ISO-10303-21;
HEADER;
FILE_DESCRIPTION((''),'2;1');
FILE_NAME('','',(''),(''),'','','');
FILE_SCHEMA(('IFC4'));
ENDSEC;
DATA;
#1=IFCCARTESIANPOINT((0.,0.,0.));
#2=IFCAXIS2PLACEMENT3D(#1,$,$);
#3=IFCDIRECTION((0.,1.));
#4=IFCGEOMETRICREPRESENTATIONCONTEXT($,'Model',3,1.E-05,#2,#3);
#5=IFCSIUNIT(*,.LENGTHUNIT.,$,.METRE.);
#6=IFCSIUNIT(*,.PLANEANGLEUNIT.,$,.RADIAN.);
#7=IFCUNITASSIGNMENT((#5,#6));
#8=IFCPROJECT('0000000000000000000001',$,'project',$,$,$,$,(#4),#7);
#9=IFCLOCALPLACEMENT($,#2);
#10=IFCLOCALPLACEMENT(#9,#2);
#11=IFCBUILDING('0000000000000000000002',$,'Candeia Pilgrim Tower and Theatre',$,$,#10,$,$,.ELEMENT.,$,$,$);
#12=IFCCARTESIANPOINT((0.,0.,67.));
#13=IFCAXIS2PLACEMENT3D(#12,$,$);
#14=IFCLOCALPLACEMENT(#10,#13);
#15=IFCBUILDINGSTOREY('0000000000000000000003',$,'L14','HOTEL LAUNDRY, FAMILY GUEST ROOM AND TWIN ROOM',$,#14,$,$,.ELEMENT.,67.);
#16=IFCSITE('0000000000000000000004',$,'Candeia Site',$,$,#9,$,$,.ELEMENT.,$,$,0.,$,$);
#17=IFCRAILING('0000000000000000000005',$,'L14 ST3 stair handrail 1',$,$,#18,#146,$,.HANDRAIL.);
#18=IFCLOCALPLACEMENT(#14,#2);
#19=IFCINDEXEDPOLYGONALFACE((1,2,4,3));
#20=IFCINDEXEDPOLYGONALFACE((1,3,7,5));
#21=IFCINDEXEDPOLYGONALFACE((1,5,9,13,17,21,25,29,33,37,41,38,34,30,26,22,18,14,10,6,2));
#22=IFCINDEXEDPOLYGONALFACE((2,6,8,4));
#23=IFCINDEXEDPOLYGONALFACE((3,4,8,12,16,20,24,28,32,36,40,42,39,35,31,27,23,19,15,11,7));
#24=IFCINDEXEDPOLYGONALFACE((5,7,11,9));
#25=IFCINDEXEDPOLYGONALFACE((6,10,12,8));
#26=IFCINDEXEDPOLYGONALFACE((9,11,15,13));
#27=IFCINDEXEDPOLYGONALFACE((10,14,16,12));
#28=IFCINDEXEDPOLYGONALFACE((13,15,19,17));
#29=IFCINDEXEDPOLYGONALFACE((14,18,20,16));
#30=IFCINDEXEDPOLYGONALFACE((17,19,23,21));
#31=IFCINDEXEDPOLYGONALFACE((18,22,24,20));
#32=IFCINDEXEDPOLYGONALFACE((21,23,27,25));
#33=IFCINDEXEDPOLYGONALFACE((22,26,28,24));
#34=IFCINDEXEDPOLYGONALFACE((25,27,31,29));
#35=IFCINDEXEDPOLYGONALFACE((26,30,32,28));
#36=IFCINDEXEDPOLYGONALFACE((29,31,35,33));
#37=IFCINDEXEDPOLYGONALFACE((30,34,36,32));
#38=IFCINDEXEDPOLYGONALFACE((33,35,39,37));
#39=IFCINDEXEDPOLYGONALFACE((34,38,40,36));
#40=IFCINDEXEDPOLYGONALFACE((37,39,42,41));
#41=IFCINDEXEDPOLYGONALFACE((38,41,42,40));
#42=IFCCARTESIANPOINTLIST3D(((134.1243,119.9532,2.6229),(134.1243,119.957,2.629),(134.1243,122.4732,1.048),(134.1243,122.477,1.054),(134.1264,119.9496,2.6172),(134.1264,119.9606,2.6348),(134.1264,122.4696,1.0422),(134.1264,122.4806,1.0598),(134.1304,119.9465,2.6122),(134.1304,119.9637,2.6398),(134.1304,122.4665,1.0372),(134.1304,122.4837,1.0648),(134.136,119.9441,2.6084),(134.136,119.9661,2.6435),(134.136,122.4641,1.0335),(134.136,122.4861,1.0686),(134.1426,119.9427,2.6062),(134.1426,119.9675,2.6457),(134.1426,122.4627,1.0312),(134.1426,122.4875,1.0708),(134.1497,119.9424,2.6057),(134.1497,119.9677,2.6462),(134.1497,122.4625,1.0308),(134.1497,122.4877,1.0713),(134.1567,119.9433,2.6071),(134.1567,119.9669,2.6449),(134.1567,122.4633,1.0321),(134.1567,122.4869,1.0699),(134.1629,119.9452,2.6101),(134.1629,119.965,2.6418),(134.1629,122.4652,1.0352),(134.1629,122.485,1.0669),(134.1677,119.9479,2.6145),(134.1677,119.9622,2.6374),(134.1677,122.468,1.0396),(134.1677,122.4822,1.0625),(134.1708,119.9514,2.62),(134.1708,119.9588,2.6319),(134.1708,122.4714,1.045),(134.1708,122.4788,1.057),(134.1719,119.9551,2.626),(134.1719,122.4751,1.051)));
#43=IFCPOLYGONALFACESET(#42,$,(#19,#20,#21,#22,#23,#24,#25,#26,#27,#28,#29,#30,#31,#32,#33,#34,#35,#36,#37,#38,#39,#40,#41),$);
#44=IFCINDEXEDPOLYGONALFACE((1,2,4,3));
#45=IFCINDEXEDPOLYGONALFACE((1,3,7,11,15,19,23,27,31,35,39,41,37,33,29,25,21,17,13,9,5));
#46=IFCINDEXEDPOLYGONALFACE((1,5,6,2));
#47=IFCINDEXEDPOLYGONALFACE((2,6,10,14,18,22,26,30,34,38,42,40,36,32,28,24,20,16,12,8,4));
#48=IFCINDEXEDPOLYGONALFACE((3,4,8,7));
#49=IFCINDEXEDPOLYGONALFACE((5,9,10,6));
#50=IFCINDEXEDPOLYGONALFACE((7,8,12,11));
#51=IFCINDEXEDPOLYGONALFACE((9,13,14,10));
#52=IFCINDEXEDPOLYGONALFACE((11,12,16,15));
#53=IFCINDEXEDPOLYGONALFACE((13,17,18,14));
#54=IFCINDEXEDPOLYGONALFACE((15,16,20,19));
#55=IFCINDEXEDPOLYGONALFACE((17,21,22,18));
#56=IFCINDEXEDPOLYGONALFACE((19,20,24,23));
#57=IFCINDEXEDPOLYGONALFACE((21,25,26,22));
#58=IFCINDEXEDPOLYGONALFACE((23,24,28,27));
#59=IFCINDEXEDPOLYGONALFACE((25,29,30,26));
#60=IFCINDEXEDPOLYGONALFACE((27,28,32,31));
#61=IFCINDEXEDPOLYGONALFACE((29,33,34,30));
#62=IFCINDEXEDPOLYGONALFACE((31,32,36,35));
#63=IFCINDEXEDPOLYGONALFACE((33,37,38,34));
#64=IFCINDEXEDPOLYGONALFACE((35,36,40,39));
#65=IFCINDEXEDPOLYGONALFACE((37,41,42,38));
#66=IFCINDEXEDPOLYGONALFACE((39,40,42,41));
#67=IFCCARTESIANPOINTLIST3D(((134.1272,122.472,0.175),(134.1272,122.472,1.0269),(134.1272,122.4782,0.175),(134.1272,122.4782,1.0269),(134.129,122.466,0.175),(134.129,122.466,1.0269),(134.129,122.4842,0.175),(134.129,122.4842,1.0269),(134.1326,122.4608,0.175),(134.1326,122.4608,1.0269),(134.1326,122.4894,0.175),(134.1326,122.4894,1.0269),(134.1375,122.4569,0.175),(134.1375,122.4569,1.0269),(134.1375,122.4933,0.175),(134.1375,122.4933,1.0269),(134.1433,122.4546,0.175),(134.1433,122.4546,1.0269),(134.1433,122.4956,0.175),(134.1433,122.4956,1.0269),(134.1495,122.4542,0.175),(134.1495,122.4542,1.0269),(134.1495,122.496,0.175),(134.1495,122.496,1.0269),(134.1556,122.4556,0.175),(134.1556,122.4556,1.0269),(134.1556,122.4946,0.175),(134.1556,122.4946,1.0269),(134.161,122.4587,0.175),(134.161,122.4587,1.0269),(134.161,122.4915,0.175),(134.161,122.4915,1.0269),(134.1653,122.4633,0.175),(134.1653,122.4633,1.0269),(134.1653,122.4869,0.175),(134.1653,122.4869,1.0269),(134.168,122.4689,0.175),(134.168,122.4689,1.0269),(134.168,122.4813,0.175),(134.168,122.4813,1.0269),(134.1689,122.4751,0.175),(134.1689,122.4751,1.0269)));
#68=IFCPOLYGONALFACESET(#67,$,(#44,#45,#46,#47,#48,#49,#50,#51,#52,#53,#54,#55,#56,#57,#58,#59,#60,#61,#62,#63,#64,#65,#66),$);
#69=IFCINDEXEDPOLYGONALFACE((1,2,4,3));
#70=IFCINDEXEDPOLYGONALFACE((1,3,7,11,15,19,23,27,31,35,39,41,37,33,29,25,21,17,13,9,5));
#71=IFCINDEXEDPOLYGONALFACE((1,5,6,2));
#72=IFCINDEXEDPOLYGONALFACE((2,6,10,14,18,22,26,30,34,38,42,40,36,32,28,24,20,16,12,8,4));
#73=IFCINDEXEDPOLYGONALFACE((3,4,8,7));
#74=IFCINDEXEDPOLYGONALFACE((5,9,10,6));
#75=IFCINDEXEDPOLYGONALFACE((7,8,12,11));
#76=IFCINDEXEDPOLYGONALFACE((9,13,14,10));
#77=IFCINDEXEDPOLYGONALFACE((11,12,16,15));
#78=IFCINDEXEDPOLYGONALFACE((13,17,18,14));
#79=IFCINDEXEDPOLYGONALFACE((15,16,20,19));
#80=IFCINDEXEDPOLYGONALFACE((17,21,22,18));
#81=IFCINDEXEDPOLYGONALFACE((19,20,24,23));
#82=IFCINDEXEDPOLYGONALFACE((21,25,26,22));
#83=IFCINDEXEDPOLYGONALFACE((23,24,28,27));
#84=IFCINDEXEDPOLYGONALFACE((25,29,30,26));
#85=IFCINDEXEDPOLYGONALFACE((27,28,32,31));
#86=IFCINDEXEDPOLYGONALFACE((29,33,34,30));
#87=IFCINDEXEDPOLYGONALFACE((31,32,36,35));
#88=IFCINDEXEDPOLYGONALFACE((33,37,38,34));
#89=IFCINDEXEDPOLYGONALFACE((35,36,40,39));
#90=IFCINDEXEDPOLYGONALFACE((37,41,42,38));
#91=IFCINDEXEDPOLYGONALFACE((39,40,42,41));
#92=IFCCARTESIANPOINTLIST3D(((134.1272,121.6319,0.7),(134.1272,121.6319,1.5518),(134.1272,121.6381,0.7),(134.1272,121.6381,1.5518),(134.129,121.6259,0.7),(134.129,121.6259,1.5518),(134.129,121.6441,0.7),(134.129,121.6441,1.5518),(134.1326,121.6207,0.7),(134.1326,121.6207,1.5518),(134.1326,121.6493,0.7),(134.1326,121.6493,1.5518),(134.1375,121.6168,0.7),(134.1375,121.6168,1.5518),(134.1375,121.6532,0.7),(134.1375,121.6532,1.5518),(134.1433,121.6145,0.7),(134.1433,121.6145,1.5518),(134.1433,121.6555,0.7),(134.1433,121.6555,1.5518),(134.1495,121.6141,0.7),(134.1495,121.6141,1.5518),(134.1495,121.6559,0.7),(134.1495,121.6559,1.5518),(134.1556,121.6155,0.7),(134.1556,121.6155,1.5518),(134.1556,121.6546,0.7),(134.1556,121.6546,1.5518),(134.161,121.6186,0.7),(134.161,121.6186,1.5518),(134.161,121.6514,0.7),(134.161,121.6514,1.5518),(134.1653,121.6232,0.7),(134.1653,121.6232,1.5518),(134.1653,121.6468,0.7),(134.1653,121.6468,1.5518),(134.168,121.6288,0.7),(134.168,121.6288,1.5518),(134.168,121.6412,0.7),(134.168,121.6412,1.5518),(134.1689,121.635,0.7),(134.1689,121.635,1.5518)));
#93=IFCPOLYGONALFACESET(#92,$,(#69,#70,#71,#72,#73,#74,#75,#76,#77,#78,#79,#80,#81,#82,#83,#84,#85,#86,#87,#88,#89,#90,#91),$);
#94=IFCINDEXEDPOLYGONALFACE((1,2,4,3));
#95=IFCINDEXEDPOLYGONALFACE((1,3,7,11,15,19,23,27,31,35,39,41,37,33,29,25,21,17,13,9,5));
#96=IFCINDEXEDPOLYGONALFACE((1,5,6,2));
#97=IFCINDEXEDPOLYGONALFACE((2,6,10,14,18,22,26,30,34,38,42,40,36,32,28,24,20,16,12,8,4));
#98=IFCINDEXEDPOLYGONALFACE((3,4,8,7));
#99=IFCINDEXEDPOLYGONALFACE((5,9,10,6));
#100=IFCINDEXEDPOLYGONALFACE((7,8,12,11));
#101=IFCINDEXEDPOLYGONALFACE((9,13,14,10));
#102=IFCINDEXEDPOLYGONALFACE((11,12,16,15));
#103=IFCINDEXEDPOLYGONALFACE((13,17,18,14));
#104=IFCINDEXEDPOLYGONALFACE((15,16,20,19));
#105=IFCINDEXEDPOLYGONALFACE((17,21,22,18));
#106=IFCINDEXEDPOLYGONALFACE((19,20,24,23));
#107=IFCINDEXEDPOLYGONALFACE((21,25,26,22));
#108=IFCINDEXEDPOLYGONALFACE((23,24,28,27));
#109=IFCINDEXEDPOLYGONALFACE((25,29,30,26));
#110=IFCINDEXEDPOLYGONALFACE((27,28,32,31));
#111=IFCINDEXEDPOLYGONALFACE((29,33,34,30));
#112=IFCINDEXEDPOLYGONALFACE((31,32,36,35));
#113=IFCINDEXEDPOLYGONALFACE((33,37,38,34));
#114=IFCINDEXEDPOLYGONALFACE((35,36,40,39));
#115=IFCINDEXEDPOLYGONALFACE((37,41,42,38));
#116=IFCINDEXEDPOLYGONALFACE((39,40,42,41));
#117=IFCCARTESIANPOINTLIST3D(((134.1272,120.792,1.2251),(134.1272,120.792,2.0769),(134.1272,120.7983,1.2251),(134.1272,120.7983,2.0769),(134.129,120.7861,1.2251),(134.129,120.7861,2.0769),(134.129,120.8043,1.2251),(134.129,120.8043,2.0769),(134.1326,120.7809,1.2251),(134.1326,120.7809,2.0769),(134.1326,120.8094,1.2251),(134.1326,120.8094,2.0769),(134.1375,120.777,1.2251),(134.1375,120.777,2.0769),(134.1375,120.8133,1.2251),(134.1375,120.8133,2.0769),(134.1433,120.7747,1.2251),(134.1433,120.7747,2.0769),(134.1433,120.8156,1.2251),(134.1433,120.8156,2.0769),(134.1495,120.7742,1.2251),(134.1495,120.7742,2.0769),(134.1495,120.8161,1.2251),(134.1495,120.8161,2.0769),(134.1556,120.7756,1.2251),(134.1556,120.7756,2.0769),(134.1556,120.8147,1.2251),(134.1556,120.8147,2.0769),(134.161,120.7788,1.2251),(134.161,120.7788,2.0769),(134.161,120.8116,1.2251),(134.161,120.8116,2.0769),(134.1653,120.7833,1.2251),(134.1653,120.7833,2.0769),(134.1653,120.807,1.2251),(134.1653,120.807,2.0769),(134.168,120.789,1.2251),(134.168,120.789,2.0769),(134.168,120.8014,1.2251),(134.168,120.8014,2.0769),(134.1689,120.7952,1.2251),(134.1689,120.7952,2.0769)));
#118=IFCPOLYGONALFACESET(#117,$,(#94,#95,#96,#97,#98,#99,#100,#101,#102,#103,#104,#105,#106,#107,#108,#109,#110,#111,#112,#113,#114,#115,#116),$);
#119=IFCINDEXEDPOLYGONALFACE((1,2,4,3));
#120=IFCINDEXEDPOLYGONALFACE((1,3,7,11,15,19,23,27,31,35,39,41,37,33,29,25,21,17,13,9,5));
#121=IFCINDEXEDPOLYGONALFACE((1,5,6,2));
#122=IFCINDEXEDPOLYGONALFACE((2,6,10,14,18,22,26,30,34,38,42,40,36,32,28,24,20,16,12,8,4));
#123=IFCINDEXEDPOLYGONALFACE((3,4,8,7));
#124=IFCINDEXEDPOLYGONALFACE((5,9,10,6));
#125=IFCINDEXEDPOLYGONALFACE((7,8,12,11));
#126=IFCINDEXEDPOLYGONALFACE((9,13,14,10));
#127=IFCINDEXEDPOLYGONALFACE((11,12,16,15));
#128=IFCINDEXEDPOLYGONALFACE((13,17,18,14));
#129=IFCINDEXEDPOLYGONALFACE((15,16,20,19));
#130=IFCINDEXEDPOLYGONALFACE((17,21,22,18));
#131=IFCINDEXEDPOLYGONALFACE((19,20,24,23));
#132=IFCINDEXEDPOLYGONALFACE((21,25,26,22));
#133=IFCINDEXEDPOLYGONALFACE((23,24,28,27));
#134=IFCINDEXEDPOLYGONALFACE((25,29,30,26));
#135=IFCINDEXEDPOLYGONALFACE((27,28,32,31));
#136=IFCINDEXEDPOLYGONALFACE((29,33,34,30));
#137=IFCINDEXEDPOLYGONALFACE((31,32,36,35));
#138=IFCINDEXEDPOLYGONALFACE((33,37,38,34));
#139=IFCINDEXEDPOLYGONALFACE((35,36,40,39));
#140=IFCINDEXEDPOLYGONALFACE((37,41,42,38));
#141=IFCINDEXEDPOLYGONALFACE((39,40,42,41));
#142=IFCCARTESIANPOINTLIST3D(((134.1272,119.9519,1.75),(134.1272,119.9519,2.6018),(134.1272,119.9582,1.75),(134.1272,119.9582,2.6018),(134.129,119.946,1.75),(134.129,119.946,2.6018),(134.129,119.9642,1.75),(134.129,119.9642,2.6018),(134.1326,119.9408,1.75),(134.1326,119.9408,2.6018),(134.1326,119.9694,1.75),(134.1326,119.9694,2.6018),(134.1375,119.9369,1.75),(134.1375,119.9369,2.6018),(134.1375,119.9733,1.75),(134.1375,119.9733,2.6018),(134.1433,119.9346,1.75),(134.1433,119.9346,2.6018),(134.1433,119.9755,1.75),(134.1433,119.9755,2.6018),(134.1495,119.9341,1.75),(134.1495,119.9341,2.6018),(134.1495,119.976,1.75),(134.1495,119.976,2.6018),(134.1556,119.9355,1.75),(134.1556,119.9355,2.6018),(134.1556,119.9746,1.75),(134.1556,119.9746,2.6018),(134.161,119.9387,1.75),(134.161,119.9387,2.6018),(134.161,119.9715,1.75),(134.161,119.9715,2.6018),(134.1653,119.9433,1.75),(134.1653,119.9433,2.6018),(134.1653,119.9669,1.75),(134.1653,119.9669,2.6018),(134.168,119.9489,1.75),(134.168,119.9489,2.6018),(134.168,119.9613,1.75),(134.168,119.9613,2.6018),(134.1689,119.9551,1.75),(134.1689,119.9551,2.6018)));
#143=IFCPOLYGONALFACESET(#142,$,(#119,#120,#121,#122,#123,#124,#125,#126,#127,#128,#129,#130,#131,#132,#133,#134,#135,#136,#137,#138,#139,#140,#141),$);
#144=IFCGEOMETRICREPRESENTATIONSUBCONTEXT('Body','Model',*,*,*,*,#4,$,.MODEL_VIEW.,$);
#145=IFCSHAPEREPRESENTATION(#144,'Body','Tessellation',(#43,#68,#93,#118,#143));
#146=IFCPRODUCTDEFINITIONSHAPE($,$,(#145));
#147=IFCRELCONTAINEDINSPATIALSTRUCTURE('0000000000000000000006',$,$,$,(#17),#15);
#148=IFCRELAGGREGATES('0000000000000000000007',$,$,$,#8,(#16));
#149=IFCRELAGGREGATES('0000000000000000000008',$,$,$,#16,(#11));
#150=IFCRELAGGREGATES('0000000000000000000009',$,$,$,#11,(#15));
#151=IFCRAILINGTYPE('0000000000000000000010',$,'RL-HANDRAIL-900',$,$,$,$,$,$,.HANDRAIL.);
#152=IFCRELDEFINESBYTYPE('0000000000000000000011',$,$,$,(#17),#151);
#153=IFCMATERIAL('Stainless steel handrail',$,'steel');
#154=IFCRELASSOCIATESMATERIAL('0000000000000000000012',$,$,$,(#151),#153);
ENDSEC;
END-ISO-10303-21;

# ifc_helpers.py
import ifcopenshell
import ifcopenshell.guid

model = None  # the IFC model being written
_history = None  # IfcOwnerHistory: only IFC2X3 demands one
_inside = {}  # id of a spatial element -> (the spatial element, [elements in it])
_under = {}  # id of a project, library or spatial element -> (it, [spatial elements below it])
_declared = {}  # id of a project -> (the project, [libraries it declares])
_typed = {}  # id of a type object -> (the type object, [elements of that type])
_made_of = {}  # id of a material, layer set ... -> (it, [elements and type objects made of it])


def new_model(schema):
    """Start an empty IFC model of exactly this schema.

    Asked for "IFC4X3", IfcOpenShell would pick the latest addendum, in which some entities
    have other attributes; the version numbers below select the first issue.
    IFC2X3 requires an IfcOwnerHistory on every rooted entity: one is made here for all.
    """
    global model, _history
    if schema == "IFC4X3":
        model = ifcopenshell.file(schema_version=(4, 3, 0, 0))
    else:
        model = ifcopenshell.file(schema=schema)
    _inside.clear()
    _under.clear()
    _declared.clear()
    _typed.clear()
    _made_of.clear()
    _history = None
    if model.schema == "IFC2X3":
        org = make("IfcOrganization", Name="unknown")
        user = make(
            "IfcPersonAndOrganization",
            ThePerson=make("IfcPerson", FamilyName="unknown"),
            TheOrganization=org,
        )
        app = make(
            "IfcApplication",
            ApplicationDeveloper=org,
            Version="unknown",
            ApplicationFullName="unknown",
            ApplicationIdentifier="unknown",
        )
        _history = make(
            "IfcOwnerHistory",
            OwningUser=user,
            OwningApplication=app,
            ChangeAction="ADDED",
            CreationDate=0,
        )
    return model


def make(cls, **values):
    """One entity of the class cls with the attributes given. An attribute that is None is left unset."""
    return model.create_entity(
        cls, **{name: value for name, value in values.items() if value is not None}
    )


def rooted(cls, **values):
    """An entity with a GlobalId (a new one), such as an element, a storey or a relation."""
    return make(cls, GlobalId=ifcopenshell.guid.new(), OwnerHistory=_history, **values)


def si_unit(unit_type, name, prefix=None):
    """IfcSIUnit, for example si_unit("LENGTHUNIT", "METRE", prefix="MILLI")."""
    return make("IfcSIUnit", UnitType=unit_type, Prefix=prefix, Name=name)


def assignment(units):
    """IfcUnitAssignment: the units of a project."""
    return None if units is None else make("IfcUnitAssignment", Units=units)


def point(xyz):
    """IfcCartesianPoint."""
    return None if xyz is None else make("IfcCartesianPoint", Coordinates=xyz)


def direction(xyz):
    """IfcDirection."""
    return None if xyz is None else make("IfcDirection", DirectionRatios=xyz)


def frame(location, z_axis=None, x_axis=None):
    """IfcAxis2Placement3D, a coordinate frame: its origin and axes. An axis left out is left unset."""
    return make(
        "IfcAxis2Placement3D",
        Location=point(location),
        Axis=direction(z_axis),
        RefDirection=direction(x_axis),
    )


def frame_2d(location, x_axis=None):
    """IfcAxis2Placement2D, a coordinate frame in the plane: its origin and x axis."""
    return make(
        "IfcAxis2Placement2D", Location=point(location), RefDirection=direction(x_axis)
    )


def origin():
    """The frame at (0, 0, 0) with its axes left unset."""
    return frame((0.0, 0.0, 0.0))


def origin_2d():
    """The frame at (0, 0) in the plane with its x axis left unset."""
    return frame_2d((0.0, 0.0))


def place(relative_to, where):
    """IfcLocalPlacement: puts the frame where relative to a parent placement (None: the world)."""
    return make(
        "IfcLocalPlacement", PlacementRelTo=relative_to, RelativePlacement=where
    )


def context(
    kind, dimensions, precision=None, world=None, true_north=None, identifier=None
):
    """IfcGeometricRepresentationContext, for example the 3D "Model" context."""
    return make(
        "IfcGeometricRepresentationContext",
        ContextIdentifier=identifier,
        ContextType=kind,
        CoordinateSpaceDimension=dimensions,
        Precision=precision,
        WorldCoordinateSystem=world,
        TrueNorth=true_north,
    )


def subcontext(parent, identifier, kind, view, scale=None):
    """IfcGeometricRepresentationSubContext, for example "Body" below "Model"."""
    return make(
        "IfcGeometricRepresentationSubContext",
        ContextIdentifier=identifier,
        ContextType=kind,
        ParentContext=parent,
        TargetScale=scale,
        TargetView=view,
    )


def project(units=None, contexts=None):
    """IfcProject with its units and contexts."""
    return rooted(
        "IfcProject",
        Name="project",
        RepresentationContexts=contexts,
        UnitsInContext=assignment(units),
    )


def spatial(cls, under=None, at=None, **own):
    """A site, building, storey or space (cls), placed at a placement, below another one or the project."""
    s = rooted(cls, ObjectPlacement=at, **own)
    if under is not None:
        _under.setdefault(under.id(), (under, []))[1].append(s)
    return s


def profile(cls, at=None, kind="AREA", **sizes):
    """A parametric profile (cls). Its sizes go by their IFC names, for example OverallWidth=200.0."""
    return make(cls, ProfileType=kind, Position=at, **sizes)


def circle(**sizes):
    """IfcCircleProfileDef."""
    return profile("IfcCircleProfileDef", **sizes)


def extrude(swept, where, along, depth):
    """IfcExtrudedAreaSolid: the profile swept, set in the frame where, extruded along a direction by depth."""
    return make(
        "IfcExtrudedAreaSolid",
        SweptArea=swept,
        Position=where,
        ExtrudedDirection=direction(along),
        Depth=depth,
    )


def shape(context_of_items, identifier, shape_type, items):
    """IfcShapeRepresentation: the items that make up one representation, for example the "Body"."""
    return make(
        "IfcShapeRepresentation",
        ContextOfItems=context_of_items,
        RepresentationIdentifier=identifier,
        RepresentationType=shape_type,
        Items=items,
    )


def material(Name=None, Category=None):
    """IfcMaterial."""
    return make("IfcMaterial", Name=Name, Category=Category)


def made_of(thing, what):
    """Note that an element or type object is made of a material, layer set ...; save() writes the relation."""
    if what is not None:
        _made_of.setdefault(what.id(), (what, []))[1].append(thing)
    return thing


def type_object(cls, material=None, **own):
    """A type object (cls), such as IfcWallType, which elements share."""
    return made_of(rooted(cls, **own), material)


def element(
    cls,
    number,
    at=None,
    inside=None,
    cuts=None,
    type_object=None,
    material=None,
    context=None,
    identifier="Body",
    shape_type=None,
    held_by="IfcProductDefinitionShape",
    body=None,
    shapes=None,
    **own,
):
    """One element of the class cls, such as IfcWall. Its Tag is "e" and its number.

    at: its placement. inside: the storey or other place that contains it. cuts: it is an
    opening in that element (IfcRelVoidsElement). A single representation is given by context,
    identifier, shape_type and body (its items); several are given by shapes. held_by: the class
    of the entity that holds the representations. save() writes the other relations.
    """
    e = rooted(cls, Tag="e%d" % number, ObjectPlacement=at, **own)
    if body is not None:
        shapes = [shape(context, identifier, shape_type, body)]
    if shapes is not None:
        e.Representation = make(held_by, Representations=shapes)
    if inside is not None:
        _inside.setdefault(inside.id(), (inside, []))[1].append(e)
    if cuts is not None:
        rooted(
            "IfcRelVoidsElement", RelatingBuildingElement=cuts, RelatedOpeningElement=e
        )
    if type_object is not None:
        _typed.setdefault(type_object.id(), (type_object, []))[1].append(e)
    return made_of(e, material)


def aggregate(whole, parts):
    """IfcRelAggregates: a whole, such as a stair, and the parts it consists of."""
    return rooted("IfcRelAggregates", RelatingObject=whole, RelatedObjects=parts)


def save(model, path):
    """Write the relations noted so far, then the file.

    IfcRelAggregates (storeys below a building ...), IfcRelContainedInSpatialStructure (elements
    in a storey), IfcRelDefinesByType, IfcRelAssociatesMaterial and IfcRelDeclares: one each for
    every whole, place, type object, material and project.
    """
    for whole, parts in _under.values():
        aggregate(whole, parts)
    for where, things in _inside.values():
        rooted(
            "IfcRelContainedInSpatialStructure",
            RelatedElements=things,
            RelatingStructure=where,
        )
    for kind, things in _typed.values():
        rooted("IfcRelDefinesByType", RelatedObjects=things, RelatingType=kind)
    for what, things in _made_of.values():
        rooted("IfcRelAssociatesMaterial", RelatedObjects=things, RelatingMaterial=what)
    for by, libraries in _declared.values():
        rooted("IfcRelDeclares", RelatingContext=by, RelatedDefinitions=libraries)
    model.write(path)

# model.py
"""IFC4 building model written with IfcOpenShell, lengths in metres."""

from ifc_helpers import new_model, si_unit, direction, frame, origin, origin_2d, place, context, subcontext, project, spatial, circle, extrude, material, type_object, element, save


model = new_model("IFC4")

# Units and contexts
model_context = context("Model", 3, precision=1e-05, world=origin(), true_north=direction((0.0, 1.0)))
body_context = subcontext(model_context, "Body", "Model", "MODEL_VIEW")
ifc_project = project(units=[si_unit("LENGTHUNIT", "METRE"), si_unit("PLANEANGLEUNIT", "RADIAN")], contexts=[model_context])

# Site, building, storey
site_placement = place(None, origin())
site = spatial("IfcSite", under=ifc_project, at=site_placement, Name="Candeia Site", CompositionType="ELEMENT", RefElevation=0.0)
building_placement = place(site_placement, origin())
building = spatial("IfcBuilding", under=site, at=building_placement, Name="Candeia Pilgrim Tower and Theatre", CompositionType="ELEMENT")
storey_placement = place(building_placement, frame((0.0, 0.0, 67.0)))
storey = spatial("IfcBuildingStorey", under=building, at=storey_placement, Name="L14", Description="HOTEL LAUNDRY, FAMILY GUEST ROOM AND TWIN ROOM", CompositionType="ELEMENT", Elevation=67.0)

# Railing
ifc_material_1 = material(Name="Stainless steel handrail", Category="steel")
railing_type_1 = type_object("IfcRailingType", Name="RL-HANDRAIL-900", PredefinedType="HANDRAIL", material=ifc_material_1)
railing_1_placement = place(storey_placement, frame((134.1479, 122.4751, 0.175)))
element("IfcRailing", 1, at=railing_1_placement, inside=storey, type_object=railing_type_1, Name="L14 ST3 stair handrail 1", PredefinedType="HANDRAIL", context=body_context, shape_type="SweptSolid", body=[
    extrude(circle(Radius=0.0239, at=origin_2d()), frame((0.0, 0.0, 0.876), z_axis=(0.0, -0.848008, 0.529984), x_axis=(1.0, 0.0, 0.0)), (0.0, 0.0, 1.0), 2.9717),
    extrude(circle(Radius=0.021, at=origin_2d()), origin(), (0.0, 0.0, 1.0), 0.8518),
    extrude(circle(Radius=0.021, at=origin_2d()), frame((0.0, -0.8401, 0.5249)), (0.0, 0.0, 1.0), 0.8518),
    extrude(circle(Radius=0.021, at=origin_2d()), frame((0.0, -1.6799, 1.05)), (0.0, 0.0, 1.0), 0.8518),
    extrude(circle(Radius=0.021, at=origin_2d()), frame((0.0, -2.52, 1.575)), (0.0, 0.0, 1.0), 0.8518),
])

save(model, "model.ifc")
